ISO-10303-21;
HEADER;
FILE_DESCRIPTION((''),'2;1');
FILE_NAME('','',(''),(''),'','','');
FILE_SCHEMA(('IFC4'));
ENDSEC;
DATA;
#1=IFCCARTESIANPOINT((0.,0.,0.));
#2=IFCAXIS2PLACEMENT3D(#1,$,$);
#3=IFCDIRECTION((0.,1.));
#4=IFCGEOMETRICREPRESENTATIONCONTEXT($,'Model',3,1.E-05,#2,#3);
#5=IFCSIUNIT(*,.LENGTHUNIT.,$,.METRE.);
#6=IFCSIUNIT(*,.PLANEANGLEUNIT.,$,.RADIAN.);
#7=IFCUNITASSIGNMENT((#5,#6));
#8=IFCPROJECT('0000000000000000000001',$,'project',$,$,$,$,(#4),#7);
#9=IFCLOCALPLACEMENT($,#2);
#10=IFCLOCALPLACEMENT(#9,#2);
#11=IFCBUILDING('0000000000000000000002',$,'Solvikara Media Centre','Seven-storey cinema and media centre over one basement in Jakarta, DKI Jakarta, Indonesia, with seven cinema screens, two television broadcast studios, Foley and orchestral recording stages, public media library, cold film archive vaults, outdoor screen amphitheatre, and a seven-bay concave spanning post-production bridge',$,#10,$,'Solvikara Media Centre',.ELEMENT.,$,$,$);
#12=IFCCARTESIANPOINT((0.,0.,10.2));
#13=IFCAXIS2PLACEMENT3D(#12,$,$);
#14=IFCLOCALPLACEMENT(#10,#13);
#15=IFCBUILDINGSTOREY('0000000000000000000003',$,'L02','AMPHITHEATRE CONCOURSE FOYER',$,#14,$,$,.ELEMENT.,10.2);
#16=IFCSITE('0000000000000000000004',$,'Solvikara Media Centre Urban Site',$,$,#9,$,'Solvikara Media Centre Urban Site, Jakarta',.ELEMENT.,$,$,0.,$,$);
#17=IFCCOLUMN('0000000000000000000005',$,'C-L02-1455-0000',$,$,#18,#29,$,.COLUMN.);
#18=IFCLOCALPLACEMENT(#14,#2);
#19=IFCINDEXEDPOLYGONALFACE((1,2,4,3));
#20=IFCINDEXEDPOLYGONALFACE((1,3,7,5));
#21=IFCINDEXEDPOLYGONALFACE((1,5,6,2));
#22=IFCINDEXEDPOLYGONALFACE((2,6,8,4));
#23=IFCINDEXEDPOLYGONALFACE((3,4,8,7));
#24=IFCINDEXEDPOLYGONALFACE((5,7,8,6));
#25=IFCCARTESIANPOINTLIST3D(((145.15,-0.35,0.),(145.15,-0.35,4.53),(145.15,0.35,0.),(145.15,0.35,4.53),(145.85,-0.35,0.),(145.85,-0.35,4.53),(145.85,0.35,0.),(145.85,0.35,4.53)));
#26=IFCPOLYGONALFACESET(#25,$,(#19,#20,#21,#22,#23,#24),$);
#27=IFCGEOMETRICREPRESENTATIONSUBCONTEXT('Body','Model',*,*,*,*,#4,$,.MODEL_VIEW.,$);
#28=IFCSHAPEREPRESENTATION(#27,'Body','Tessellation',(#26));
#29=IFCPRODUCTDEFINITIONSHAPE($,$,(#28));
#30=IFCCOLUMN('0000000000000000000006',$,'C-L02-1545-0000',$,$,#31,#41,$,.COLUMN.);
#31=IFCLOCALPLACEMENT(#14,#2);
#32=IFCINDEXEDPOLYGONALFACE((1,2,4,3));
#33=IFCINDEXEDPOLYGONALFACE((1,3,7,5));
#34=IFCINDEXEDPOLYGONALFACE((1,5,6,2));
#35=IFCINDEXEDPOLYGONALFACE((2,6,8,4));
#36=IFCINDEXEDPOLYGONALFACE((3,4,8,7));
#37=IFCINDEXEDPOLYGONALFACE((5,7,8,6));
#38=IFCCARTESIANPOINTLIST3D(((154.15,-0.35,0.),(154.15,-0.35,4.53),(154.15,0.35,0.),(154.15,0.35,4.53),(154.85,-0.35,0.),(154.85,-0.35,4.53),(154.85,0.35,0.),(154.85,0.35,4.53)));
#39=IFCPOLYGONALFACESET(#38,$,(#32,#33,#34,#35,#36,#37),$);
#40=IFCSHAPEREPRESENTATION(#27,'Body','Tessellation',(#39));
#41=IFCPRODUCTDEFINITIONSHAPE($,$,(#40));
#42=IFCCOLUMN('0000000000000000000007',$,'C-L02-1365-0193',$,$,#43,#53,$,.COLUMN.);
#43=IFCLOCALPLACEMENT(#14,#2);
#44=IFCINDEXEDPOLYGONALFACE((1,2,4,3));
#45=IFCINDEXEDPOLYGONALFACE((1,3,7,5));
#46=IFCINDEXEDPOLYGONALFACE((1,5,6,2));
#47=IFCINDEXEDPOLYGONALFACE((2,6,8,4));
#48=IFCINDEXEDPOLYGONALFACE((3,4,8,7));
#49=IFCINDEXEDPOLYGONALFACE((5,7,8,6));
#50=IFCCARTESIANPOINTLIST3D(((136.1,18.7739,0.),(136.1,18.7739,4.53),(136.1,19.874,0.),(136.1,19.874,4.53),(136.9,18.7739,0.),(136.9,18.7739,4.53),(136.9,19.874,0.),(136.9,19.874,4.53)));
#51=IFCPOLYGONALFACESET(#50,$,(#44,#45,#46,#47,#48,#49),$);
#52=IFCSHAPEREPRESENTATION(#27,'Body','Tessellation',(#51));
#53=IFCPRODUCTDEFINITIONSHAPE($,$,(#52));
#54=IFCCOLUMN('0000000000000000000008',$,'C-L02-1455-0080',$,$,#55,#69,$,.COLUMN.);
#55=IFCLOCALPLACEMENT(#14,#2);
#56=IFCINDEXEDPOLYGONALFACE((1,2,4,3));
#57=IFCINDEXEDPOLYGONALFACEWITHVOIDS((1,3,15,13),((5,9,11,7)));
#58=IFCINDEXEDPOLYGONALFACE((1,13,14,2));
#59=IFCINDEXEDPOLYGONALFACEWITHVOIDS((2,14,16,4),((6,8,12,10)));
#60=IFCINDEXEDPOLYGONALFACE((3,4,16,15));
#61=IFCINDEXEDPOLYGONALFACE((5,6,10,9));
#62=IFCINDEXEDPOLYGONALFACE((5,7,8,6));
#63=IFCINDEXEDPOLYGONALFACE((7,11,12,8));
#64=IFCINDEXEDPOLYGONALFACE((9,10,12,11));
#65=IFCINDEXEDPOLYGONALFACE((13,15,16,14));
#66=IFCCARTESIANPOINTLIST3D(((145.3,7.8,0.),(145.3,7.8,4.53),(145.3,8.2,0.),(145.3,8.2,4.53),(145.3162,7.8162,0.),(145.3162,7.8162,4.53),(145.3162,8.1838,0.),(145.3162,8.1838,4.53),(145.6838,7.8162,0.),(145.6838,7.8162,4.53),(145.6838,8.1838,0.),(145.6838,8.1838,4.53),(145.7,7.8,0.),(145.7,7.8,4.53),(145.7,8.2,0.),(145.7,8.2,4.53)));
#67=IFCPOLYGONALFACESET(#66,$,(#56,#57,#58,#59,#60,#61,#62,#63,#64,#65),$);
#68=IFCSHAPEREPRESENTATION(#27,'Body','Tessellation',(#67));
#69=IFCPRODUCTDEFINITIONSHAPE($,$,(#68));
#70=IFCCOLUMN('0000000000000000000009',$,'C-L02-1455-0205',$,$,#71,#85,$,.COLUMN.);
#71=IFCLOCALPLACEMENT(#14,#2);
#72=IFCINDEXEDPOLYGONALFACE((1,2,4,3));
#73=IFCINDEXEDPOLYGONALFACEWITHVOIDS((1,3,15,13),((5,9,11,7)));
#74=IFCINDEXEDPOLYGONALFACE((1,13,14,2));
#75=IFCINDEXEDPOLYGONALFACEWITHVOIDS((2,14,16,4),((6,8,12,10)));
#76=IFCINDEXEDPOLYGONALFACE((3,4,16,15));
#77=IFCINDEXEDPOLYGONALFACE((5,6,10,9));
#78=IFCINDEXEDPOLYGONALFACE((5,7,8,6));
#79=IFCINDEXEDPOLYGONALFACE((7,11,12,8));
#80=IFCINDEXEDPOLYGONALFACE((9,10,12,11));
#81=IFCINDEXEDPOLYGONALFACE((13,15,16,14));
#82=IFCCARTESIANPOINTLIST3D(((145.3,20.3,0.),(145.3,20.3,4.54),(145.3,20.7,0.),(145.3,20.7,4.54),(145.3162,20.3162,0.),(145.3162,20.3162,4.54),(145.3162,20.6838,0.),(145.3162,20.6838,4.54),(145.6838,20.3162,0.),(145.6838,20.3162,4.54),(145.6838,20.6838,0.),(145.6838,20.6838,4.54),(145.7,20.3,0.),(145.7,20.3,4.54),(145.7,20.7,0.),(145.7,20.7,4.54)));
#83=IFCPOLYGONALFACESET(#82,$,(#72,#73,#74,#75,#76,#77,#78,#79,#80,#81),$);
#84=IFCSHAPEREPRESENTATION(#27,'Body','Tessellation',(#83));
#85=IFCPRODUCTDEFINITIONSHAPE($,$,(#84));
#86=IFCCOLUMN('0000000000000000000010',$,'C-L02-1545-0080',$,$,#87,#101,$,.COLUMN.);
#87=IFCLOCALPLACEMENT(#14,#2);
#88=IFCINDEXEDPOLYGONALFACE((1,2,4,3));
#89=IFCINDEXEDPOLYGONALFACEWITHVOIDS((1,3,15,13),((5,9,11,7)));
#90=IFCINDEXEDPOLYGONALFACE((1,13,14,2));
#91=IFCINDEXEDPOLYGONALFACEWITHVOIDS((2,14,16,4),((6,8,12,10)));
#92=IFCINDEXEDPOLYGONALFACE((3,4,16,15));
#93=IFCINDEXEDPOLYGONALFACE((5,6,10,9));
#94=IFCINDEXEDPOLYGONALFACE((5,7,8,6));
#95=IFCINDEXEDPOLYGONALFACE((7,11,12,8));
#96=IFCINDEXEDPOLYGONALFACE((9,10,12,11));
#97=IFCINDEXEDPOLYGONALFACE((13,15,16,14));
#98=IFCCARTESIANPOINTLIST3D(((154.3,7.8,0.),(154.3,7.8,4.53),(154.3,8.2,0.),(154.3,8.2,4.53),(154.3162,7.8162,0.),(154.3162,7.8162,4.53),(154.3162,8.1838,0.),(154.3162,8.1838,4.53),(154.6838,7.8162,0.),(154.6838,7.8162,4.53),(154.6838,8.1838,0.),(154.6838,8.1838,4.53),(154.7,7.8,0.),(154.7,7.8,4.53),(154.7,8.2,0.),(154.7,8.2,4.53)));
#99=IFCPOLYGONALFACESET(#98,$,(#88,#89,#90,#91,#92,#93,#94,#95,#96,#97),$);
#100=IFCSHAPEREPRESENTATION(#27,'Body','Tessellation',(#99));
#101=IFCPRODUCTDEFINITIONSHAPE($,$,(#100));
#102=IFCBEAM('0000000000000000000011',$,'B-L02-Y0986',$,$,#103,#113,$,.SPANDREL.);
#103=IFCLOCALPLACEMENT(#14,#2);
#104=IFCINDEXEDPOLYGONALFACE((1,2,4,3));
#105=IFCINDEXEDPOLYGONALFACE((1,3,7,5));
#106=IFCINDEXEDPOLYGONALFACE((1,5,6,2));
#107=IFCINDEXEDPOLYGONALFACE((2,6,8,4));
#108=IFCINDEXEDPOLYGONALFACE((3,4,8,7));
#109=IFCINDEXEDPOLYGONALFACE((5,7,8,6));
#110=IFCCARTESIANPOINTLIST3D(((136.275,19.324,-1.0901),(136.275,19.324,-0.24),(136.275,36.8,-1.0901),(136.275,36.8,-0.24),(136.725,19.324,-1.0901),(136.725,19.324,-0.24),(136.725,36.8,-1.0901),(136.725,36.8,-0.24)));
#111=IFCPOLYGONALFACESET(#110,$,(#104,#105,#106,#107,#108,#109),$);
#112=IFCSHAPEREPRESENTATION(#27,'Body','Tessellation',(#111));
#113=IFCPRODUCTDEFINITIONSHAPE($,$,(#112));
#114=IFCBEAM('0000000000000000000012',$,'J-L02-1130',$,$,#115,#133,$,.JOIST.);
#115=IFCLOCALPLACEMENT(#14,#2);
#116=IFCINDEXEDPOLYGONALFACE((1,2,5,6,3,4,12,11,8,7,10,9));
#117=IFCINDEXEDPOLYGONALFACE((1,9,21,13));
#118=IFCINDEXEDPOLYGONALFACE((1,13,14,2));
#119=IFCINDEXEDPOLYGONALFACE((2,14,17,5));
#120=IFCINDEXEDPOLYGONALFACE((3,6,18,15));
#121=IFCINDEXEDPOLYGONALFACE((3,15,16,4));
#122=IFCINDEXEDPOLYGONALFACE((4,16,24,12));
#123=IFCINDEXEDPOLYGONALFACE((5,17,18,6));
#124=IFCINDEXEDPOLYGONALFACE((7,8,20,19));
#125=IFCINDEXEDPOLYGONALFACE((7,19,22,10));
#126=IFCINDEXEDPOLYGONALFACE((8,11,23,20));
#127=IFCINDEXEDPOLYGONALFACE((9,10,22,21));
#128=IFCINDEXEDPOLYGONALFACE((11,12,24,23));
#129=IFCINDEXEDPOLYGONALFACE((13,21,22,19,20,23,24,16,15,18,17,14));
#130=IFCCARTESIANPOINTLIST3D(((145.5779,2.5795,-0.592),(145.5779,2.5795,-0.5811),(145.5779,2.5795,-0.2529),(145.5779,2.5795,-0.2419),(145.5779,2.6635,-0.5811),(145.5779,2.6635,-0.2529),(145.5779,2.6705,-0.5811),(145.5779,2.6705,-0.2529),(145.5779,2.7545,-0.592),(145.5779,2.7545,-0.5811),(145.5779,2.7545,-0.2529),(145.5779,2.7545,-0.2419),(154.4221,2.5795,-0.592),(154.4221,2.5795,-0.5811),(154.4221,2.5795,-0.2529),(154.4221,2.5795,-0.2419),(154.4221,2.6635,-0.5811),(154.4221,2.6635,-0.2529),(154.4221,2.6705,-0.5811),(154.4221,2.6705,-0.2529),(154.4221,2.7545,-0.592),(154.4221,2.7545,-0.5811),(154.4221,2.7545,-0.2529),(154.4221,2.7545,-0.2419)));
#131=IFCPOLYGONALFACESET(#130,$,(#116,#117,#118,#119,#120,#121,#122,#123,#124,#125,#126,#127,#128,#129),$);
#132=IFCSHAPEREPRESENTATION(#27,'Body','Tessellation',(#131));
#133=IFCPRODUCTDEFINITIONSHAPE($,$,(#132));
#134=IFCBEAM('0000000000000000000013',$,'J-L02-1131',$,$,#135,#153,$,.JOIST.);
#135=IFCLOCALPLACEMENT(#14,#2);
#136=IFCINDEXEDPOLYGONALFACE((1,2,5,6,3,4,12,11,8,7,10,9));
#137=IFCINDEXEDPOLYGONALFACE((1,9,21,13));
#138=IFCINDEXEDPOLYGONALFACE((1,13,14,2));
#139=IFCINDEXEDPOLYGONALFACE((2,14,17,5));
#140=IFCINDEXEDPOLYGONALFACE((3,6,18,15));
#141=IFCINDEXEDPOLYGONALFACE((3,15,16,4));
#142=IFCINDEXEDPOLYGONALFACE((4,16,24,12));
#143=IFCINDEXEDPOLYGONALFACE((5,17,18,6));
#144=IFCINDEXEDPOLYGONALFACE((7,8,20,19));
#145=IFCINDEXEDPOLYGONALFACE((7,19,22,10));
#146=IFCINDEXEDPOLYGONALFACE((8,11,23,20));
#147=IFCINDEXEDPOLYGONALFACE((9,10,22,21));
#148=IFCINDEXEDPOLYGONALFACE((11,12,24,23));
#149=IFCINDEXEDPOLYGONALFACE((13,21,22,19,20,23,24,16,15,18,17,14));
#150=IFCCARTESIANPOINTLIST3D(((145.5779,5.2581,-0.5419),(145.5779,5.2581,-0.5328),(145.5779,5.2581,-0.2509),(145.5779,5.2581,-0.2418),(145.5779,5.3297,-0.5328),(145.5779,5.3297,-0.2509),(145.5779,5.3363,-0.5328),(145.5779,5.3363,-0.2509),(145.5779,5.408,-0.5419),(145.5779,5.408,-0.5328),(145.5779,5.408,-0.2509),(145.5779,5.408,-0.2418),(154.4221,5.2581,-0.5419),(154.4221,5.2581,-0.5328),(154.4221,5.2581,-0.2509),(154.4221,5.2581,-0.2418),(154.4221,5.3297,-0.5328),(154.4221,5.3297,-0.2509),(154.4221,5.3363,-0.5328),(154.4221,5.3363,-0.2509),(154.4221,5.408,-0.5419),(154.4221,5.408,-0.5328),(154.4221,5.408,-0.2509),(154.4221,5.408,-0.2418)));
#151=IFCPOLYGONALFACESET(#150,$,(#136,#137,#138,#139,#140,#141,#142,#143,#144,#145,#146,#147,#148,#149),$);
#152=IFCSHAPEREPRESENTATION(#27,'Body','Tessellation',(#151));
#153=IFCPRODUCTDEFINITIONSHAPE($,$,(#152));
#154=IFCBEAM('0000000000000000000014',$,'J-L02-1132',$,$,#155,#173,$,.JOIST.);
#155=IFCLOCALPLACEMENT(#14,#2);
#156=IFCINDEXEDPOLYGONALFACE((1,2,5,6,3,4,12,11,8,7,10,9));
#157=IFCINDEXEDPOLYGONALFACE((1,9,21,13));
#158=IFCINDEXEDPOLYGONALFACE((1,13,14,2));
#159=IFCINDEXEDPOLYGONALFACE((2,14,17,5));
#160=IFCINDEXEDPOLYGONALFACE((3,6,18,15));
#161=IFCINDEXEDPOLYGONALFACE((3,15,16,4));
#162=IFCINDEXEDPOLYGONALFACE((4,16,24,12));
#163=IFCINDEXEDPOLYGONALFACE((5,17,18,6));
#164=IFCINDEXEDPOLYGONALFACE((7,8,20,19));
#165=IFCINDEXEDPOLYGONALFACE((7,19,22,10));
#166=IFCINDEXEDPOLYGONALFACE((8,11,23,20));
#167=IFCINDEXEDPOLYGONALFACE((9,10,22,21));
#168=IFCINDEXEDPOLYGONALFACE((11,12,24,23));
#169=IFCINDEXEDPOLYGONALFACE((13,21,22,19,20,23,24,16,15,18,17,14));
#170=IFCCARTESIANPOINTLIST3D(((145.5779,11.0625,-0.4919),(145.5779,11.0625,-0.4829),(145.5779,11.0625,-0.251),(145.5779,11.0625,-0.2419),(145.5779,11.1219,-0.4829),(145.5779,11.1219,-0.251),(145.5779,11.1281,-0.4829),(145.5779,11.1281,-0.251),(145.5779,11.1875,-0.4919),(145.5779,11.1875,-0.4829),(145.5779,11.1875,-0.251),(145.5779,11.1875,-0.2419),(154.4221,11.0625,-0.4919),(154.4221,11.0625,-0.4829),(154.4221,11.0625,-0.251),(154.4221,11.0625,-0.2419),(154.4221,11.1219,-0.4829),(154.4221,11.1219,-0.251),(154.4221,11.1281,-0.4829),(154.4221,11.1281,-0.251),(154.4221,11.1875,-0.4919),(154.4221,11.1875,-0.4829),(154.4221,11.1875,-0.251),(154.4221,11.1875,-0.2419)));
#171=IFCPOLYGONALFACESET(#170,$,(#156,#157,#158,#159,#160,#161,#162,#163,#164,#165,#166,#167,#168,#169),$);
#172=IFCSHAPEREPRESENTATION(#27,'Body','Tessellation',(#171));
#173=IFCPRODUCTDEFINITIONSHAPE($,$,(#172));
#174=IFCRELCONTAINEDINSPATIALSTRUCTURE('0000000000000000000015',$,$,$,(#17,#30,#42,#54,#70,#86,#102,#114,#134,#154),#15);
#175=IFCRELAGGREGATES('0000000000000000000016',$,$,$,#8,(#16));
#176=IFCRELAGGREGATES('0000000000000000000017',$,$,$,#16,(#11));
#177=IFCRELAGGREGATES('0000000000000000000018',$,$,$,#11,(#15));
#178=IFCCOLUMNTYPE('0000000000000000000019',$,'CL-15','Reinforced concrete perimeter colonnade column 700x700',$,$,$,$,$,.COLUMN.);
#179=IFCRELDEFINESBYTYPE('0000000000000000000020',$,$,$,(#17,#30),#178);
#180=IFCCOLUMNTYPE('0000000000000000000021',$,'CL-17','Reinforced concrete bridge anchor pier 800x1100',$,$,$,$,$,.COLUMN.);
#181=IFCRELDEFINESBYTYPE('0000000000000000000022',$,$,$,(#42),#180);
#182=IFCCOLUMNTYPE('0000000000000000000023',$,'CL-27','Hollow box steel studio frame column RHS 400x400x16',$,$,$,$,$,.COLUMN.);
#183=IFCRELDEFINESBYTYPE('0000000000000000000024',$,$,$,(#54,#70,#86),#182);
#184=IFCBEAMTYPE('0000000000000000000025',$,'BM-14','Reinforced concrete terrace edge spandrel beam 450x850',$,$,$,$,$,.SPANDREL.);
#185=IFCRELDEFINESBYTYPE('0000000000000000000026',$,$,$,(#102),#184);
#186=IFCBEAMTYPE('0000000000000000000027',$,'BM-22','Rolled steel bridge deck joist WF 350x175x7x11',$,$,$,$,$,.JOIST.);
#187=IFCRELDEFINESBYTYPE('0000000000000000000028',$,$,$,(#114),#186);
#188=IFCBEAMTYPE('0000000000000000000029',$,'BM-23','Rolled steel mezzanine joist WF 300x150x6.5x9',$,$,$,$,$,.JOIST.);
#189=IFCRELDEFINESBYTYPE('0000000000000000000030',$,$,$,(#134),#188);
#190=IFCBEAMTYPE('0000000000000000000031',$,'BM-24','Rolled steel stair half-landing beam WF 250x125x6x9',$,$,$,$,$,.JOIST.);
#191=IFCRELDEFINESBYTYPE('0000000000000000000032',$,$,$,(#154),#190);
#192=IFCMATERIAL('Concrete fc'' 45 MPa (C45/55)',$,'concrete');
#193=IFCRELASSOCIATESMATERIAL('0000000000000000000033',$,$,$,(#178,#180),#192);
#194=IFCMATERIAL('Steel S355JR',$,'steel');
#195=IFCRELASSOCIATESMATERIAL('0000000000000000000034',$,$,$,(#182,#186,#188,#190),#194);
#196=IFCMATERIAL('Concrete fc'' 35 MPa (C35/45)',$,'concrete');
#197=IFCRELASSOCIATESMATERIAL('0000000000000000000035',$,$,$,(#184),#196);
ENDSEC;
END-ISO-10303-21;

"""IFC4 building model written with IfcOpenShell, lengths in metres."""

from ifc_helpers import new_model, si_unit, direction, frame, origin, origin_2d, place, context, subcontext, project, spatial, rectangle, hollow_rectangle, i_section, extrude, material, material_profile, profile_set, type_object, element, save


model = new_model("IFC4")

# Units and contexts
model_context = context("Model", 3, precision=1e-05, world=origin(), true_north=direction((0.0, 1.0)))
body_context = subcontext(model_context, "Body", "Model", "MODEL_VIEW")
ifc_project = project(units=[si_unit("LENGTHUNIT", "METRE"), si_unit("PLANEANGLEUNIT", "RADIAN")], contexts=[model_context])

# Site, building, storey
site_placement = place(None, origin())
site = spatial("IfcSite", under=ifc_project, at=site_placement, Name="Solvikara Media Centre Urban Site", LongName="Solvikara Media Centre Urban Site, Jakarta", CompositionType="ELEMENT", RefElevation=0.0)
building_placement = place(site_placement, origin())
building = spatial("IfcBuilding", under=site, at=building_placement, Name="Solvikara Media Centre", Description="Seven-storey cinema and media centre over one basement in Jakarta, DKI Jakarta, Indonesia, with seven cinema screens, two television broadcast studios, Foley and orchestral recording stages, public media library, cold film archive vaults, outdoor screen amphitheatre, and a seven-bay concave spanning post-production bridge", LongName="Solvikara Media Centre", CompositionType="ELEMENT")
storey_placement = place(building_placement, frame((0.0, 0.0, 10.2)))
storey = spatial("IfcBuildingStorey", under=building, at=storey_placement, Name="L02", Description="AMPHITHEATRE CONCOURSE FOYER", CompositionType="ELEMENT", Elevation=10.2)

# Columns
ifc_material_1 = material(Name="Concrete fc' 45 MPa (C45/55)", Category="concrete")
ifc_material_profile_1 = material_profile(ifc_material_1, rectangle(XDim=0.7, YDim=0.7, at=origin_2d()), Name="RC 700x700")
ifc_profile_set_1 = profile_set([ifc_material_profile_1], Name="Concrete fc' 45 MPa (C45/55)")
column_type_1 = type_object("IfcColumnType", Name="CL-15", Description="Reinforced concrete perimeter colonnade column 700x700", PredefinedType="COLUMN", material=ifc_profile_set_1)
for number, where, z_axis, x_axis, name in (
    (1, (145.5, 0.0, 0.0), (0.0, 0.0, 1.0), (1.0, 0.0, 0.0), "C-L02-1455-0000"),
    (2, (154.5, 0.0, 0.0), (0.0, 0.0, 1.0), (1.0, 0.0, 0.0), "C-L02-1545-0000"),
):
    element("IfcColumn", number, at=place(storey_placement, frame(where, z_axis=z_axis, x_axis=x_axis)), inside=storey, type_object=column_type_1, Name=name, PredefinedType="COLUMN", context=body_context, shape_type="SweptSolid", body=[
        extrude(rectangle(XDim=0.7, YDim=0.7, at=origin_2d()), origin(), (0.0, 0.0, 1.0), 4.53),
    ])
ifc_material_profile_2 = material_profile(ifc_material_1, rectangle(XDim=0.8, YDim=1.1001, at=origin_2d()), Name="RC 800x1100")
ifc_profile_set_2 = profile_set([ifc_material_profile_2], Name="Concrete fc' 45 MPa (C45/55)")
column_type_2 = type_object("IfcColumnType", Name="CL-17", Description="Reinforced concrete bridge anchor pier 800x1100", PredefinedType="COLUMN", material=ifc_profile_set_2)
column_1_placement = place(storey_placement, frame((136.5, 19.324, 0.0), z_axis=(0.0, 0.0, 1.0), x_axis=(1.0, 0.0, 0.0)))
element("IfcColumn", 3, at=column_1_placement, inside=storey, type_object=column_type_2, Name="C-L02-1365-0193", PredefinedType="COLUMN", context=body_context, shape_type="SweptSolid", body=[
    extrude(rectangle(XDim=0.8, YDim=1.1001, at=origin_2d()), origin(), (0.0, 0.0, 1.0), 4.53),
])
ifc_material_2 = material(Name="Steel S355JR", Category="steel")
ifc_material_profile_3 = material_profile(ifc_material_2, hollow_rectangle(XDim=0.3999, YDim=0.3999, WallThickness=0.0161, at=origin_2d()), Name="RHS 400x400x16")
ifc_profile_set_3 = profile_set([ifc_material_profile_3], Name="Steel S355JR")
column_type_3 = type_object("IfcColumnType", Name="CL-27", Description="Hollow box steel studio frame column RHS 400x400x16", PredefinedType="COLUMN", material=ifc_profile_set_3)
column_2_placement = place(storey_placement, frame((145.5, 8.0, 0.0), z_axis=(0.0, 0.0, 1.0), x_axis=(1.0, 0.0, 0.0)))
element("IfcColumn", 4, at=column_2_placement, inside=storey, type_object=column_type_3, Name="C-L02-1455-0080", PredefinedType="COLUMN", context=body_context, shape_type="SweptSolid", body=[
    extrude(hollow_rectangle(XDim=0.3999, YDim=0.3999, WallThickness=0.0161, at=origin_2d()), origin(), (0.0, 0.0, 1.0), 4.53),
])
column_3_placement = place(storey_placement, frame((145.5, 20.5, 0.0), z_axis=(0.0, 0.0, 1.0), x_axis=(1.0, 0.0, 0.0)))
element("IfcColumn", 5, at=column_3_placement, inside=storey, type_object=column_type_3, Name="C-L02-1455-0205", PredefinedType="COLUMN", context=body_context, shape_type="SweptSolid", body=[
    extrude(hollow_rectangle(XDim=0.3999, YDim=0.3999, WallThickness=0.0161, at=origin_2d()), origin(), (0.0, 0.0, 1.0), 4.54),
])
column_4_placement = place(storey_placement, frame((154.5, 8.0, 0.0), z_axis=(0.0, 0.0, 1.0), x_axis=(1.0, 0.0, 0.0)))
element("IfcColumn", 6, at=column_4_placement, inside=storey, type_object=column_type_3, Name="C-L02-1545-0080", PredefinedType="COLUMN", context=body_context, shape_type="SweptSolid", body=[
    extrude(hollow_rectangle(XDim=0.3999, YDim=0.3999, WallThickness=0.0161, at=origin_2d()), origin(), (0.0, 0.0, 1.0), 4.53),
])

# Beams
ifc_material_3 = material(Name="Concrete fc' 35 MPa (C35/45)", Category="concrete")
ifc_material_profile_4 = material_profile(ifc_material_3, rectangle(XDim=0.45, YDim=0.8501, at=origin_2d()), Name="RC 450x850")
ifc_profile_set_4 = profile_set([ifc_material_profile_4], Name="Concrete fc' 35 MPa (C35/45)")
beam_type_1 = type_object("IfcBeamType", Name="BM-14", Description="Reinforced concrete terrace edge spandrel beam 450x850", PredefinedType="SPANDREL", material=ifc_profile_set_4)
beam_1_placement = place(storey_placement, frame((136.5, 19.324, -0.665), z_axis=(0.0, 1.0, 0.0), x_axis=(-1.0, 0.0, 0.0)))
element("IfcBeam", 7, at=beam_1_placement, inside=storey, type_object=beam_type_1, Name="B-L02-Y0986", PredefinedType="SPANDREL", context=body_context, shape_type="SweptSolid", body=[
    extrude(rectangle(XDim=0.45, YDim=0.8501, at=origin_2d()), origin(), (0.0, 0.0, 1.0), 17.4761),
])
ifc_material_profile_5 = material_profile(ifc_material_2, i_section(OverallWidth=0.175, OverallDepth=0.3501, WebThickness=0.0071, FlangeThickness=0.011, at=origin_2d()), Name="WF 350x175x7x11")
ifc_profile_set_5 = profile_set([ifc_material_profile_5], Name="Steel S355JR")
beam_type_2 = type_object("IfcBeamType", Name="BM-22", Description="Rolled steel bridge deck joist WF 350x175x7x11", PredefinedType="JOIST", material=ifc_profile_set_5)
beam_2_placement = place(storey_placement, frame((145.5779, 2.667, -0.417), z_axis=(1.0, 0.0, 0.0), x_axis=(0.0, 1.0, 0.0)))
element("IfcBeam", 8, at=beam_2_placement, inside=storey, type_object=beam_type_2, Name="J-L02-1130", PredefinedType="JOIST", context=body_context, shape_type="SweptSolid", body=[
    extrude(i_section(OverallWidth=0.175, OverallDepth=0.3501, WebThickness=0.0071, FlangeThickness=0.011, at=origin_2d()), origin(), (0.0, 0.0, 1.0), 8.8442),
])
ifc_material_profile_6 = material_profile(ifc_material_2, i_section(OverallWidth=0.1499, OverallDepth=0.3, WebThickness=0.0066, FlangeThickness=0.009, at=origin_2d()), Name="WF 300x150x6.5x9")
ifc_profile_set_6 = profile_set([ifc_material_profile_6], Name="Steel S355JR")
beam_type_3 = type_object("IfcBeamType", Name="BM-23", Description="Rolled steel mezzanine joist WF 300x150x6.5x9", PredefinedType="JOIST", material=ifc_profile_set_6)
beam_3_placement = place(storey_placement, frame((145.5779, 5.333, -0.3918), z_axis=(1.0, 0.0, 0.0), x_axis=(0.0, 1.0, 0.0)))
element("IfcBeam", 9, at=beam_3_placement, inside=storey, type_object=beam_type_3, Name="J-L02-1131", PredefinedType="JOIST", context=body_context, shape_type="SweptSolid", body=[
    extrude(i_section(OverallWidth=0.1499, OverallDepth=0.3, WebThickness=0.0066, FlangeThickness=0.009, at=origin_2d()), origin(), (0.0, 0.0, 1.0), 8.8442),
])
ifc_material_profile_7 = material_profile(ifc_material_2, i_section(OverallWidth=0.125, OverallDepth=0.25, WebThickness=0.0061, FlangeThickness=0.009, at=origin_2d()), Name="WF 250x125x6x9")
ifc_profile_set_7 = profile_set([ifc_material_profile_7], Name="Steel S355JR")
beam_type_4 = type_object("IfcBeamType", Name="BM-24", Description="Rolled steel stair half-landing beam WF 250x125x6x9", PredefinedType="JOIST", material=ifc_profile_set_7)
beam_4_placement = place(storey_placement, frame((145.5779, 11.125, -0.3669), z_axis=(1.0, 0.0, 0.0), x_axis=(0.0, 1.0, 0.0)))
element("IfcBeam", 10, at=beam_4_placement, inside=storey, type_object=beam_type_4, Name="J-L02-1132", PredefinedType="JOIST", context=body_context, shape_type="SweptSolid", body=[
    extrude(i_section(OverallWidth=0.125, OverallDepth=0.25, WebThickness=0.0061, FlangeThickness=0.009, at=origin_2d()), origin(), (0.0, 0.0, 1.0), 8.8442),
])

save(model, "model.ifc")
